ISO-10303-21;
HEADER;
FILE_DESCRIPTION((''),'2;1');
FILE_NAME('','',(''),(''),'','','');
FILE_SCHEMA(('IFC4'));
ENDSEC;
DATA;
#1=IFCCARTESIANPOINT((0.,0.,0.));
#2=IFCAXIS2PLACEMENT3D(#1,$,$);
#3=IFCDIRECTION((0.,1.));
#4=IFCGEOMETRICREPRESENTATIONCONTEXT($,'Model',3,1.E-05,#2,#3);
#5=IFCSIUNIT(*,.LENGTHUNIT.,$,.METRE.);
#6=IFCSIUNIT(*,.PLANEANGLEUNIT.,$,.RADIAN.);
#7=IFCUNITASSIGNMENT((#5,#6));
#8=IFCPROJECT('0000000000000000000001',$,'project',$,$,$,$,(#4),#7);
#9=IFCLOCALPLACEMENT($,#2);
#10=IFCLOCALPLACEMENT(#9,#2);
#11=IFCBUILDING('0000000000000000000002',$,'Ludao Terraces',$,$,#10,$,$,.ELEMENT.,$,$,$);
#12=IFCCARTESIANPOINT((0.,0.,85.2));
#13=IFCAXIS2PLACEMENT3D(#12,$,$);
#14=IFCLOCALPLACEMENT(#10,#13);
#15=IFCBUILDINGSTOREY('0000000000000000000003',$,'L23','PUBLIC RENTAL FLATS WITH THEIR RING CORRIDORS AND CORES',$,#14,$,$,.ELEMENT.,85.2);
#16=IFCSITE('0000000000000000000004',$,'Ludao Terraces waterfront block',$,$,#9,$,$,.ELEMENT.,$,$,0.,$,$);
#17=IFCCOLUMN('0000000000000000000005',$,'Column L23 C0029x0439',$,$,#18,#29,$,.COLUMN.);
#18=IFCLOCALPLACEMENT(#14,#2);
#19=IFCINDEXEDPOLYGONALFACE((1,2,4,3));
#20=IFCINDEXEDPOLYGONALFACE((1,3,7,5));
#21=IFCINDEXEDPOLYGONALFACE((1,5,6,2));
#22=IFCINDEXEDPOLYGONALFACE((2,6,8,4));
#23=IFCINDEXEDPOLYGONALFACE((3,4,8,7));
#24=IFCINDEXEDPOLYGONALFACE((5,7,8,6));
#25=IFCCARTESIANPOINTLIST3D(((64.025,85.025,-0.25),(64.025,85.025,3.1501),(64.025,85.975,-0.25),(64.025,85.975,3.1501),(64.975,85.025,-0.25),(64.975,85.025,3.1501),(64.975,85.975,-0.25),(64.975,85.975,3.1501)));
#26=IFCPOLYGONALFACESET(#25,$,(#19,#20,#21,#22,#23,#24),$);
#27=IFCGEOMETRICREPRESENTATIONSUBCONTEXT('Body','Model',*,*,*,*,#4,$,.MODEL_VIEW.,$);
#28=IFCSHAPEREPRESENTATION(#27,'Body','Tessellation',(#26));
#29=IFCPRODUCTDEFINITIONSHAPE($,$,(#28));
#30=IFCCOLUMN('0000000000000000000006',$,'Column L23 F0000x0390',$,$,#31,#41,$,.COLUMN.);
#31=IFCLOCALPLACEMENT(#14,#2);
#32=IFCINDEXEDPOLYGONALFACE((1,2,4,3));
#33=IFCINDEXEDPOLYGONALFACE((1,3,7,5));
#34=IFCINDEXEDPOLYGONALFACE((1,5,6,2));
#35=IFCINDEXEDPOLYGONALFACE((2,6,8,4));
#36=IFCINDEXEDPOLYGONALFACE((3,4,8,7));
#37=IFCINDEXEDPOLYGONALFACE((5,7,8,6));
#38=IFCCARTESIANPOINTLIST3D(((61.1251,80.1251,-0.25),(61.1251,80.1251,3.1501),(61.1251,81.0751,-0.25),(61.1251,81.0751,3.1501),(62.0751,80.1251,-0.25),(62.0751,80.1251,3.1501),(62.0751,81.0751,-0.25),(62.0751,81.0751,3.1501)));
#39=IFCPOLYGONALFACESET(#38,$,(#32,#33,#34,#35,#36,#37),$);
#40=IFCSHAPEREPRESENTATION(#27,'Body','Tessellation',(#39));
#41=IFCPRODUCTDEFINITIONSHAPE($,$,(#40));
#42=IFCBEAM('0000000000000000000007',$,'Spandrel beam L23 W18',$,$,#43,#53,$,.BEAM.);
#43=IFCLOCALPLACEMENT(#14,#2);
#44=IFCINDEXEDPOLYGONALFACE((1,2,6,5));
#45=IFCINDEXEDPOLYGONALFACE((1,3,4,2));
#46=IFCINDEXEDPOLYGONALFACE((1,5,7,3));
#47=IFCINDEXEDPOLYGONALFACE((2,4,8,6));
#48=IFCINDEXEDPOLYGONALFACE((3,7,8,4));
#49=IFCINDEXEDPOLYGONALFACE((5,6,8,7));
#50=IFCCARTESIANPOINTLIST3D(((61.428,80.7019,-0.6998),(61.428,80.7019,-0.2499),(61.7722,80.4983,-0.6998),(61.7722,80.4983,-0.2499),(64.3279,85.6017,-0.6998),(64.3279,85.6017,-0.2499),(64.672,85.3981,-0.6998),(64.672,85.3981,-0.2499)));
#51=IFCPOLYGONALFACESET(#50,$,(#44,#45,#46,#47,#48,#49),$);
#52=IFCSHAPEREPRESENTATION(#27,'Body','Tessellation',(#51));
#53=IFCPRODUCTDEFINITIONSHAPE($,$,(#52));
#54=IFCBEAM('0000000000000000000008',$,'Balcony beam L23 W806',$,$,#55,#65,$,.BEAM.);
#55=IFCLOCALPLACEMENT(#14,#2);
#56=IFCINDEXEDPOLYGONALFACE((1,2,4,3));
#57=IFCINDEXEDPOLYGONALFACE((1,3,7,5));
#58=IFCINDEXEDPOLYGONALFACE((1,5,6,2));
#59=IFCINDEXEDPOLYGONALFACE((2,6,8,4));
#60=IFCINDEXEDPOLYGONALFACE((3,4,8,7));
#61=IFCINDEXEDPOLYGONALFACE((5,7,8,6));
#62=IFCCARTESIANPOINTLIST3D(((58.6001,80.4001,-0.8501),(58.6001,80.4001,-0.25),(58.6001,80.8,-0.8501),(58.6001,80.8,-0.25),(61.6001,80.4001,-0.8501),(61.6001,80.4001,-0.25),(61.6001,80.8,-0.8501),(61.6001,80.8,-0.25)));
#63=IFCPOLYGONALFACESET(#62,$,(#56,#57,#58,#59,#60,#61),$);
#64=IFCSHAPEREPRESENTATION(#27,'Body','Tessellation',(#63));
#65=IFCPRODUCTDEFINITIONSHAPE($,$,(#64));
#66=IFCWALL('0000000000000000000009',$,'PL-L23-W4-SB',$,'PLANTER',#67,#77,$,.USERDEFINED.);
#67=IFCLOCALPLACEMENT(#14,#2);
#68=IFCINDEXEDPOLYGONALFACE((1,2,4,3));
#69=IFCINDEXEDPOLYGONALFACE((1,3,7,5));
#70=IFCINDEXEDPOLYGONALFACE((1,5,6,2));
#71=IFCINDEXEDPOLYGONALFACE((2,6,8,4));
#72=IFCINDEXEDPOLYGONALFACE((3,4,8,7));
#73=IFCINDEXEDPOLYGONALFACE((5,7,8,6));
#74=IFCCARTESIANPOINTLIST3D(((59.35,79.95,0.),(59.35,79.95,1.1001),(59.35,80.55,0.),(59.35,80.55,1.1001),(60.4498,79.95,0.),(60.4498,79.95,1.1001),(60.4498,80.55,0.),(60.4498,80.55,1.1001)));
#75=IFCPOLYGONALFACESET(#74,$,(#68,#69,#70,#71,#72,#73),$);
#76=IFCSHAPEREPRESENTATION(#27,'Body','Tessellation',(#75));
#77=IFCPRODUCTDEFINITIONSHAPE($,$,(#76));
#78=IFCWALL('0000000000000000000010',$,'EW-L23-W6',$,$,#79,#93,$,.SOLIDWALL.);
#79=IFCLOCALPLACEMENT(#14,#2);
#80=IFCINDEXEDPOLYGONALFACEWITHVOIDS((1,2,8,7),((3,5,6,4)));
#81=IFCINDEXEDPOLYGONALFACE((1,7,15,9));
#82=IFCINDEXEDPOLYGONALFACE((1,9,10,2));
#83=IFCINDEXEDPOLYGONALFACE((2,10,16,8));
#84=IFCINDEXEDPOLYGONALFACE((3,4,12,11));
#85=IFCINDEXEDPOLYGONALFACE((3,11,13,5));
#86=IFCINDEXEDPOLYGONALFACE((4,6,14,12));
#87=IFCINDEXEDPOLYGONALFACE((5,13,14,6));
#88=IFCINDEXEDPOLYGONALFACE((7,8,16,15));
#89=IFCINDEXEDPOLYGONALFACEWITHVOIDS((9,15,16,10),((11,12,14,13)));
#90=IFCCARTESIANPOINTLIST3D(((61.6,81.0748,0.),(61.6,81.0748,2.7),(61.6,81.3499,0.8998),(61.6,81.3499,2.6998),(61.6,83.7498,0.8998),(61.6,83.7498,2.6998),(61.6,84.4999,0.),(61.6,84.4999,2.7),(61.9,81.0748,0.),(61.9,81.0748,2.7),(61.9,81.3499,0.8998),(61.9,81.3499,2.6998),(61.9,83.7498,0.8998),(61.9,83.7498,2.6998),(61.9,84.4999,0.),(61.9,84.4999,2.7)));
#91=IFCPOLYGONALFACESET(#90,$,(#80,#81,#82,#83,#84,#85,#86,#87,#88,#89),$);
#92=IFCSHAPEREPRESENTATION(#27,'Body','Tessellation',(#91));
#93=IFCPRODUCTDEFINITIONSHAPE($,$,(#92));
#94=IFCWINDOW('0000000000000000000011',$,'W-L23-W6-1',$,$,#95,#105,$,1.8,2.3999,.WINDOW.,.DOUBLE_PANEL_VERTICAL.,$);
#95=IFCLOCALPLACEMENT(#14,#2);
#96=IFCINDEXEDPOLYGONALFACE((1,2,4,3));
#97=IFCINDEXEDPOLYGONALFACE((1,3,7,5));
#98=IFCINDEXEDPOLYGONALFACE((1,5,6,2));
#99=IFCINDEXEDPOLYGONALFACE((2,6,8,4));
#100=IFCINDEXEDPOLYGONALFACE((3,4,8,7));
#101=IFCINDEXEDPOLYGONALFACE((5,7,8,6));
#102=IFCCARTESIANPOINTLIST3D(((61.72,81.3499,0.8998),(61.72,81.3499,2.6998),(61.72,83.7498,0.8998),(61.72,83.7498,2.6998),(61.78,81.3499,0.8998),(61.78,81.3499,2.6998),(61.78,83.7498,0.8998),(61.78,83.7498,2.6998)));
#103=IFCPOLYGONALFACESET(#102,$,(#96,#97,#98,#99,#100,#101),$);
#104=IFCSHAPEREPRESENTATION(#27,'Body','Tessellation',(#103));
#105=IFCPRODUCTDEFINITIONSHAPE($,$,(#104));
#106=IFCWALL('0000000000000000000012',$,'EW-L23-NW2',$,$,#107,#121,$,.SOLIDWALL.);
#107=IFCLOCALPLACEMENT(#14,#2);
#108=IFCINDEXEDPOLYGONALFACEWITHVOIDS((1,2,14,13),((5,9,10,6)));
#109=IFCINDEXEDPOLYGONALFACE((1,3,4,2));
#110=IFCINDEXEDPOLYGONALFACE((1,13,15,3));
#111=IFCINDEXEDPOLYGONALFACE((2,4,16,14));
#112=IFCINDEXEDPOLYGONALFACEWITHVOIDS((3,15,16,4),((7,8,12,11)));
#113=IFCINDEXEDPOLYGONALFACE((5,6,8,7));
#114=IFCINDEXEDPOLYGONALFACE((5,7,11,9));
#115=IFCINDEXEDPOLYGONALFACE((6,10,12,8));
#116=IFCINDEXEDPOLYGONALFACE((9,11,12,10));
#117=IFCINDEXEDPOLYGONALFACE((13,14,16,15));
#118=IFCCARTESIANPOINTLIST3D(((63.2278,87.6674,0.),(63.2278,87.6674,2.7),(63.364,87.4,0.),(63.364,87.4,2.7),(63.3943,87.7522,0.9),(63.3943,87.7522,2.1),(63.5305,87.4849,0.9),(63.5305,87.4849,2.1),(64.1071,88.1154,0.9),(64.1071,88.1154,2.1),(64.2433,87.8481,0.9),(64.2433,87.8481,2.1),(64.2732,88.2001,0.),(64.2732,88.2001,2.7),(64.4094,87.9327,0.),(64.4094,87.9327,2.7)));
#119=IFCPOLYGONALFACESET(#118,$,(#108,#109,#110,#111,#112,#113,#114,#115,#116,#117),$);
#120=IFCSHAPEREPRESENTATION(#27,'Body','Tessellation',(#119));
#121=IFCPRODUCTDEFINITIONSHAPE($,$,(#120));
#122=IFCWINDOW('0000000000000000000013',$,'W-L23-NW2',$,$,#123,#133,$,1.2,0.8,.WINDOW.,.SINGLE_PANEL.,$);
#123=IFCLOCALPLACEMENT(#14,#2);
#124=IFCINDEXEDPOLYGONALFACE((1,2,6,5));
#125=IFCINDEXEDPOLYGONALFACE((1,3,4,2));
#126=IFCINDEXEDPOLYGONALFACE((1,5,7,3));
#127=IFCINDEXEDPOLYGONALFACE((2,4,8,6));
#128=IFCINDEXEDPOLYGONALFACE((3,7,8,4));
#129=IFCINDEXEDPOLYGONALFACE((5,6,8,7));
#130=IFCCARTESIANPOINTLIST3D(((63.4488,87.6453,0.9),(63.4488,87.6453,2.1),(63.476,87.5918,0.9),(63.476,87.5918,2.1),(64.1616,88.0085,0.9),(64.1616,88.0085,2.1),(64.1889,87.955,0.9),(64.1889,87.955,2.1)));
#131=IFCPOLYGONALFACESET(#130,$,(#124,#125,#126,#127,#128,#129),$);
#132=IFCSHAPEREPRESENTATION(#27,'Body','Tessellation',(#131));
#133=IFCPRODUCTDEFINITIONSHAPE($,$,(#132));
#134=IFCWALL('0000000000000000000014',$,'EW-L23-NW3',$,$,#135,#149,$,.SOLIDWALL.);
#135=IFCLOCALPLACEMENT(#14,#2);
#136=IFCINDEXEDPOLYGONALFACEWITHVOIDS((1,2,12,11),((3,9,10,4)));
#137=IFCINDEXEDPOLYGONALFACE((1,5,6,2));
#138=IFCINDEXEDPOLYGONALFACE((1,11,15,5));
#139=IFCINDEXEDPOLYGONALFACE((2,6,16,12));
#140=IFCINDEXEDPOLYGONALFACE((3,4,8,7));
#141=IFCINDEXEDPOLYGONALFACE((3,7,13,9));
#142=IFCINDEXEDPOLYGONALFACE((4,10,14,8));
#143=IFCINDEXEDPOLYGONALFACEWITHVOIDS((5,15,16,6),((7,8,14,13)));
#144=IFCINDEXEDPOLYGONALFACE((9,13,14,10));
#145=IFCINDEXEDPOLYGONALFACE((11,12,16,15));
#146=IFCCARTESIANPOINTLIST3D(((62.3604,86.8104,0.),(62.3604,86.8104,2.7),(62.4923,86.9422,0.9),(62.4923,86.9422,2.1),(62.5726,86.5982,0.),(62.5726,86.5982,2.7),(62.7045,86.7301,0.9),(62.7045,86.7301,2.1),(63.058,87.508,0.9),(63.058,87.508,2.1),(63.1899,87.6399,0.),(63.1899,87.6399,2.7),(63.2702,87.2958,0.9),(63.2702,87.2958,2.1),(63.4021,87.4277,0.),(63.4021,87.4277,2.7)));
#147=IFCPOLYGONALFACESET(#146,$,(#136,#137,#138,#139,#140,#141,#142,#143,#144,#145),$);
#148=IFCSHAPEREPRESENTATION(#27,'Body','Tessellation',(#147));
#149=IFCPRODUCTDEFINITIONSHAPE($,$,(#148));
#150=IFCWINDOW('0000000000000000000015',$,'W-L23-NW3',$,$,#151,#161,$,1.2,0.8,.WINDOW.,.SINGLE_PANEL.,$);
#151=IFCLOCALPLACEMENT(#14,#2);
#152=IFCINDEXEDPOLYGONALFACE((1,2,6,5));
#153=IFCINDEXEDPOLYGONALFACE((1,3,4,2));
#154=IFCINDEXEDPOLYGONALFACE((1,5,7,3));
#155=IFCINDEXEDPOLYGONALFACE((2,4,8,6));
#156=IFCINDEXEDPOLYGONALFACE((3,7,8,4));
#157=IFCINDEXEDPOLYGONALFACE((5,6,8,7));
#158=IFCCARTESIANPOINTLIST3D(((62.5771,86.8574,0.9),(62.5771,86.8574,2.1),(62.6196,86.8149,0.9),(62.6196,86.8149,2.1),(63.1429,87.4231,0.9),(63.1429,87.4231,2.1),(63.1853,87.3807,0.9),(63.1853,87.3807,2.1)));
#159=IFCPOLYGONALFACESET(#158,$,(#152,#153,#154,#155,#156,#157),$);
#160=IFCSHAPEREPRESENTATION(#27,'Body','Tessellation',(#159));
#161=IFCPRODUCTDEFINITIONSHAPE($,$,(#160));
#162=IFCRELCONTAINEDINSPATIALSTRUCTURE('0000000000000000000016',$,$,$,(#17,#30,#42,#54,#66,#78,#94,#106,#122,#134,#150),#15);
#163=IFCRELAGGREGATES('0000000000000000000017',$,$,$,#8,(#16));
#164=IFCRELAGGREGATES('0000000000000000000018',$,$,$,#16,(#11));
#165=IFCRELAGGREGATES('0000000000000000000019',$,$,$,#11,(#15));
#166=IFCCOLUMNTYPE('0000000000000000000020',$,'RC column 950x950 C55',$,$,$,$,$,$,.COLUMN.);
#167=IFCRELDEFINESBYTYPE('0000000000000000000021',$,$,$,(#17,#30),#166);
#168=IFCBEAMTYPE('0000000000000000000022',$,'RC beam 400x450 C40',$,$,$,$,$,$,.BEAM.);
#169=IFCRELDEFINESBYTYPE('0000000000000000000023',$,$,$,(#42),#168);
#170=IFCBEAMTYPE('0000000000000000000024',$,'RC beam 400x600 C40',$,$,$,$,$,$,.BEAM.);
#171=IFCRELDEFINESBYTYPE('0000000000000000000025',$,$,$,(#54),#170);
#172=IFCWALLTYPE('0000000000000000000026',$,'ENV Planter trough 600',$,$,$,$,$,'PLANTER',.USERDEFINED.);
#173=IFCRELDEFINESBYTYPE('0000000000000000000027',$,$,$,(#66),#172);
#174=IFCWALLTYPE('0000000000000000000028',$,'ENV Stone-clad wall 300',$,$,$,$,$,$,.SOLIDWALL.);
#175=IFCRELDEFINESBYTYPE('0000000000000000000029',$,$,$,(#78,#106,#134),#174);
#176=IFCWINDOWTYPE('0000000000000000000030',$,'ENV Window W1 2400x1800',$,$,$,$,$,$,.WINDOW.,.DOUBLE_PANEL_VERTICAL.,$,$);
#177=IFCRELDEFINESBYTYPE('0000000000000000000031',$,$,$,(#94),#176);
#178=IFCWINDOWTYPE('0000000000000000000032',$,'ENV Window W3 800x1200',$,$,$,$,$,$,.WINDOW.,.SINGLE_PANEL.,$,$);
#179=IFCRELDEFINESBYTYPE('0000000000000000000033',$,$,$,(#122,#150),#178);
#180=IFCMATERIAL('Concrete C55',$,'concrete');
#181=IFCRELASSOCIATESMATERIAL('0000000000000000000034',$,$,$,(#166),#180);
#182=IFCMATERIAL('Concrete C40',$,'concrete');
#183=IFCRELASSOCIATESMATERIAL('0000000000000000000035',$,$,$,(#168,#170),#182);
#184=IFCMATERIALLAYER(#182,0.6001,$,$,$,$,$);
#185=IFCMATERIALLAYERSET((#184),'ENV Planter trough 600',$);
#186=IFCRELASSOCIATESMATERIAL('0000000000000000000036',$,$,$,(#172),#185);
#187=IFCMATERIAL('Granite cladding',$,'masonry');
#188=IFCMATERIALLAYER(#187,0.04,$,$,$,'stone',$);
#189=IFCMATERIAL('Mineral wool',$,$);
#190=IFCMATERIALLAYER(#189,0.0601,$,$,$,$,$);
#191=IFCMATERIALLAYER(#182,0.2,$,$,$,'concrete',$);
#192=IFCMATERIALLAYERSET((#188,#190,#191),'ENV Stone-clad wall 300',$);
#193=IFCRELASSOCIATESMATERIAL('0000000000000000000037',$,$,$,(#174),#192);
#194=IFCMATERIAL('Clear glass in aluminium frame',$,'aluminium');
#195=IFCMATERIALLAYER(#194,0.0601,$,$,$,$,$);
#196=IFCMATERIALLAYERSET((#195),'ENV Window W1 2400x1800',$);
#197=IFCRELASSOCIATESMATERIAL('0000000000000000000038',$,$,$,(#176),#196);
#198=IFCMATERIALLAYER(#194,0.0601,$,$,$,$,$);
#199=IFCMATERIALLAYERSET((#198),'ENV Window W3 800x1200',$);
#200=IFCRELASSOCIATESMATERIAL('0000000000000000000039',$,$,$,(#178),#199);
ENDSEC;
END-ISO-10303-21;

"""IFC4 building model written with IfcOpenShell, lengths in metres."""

from ifc_helpers import new_model, si_unit, direction, frame, frame_2d, origin, origin_2d, place, context, subcontext, project, spatial, rectangle, extrude, material, layer, layer_set, material_profile, profile_set, type_object, element, fill, save


model = new_model("IFC4")

# Units and contexts
model_context = context("Model", 3, precision=1e-05, world=origin(), true_north=direction((0.0, 1.0)))
body_context = subcontext(model_context, "Body", "Model", "MODEL_VIEW")
ifc_project = project(units=[si_unit("LENGTHUNIT", "METRE"), si_unit("PLANEANGLEUNIT", "RADIAN")], contexts=[model_context])

# Site, building, storey
site_placement = place(None, origin())
site = spatial("IfcSite", under=ifc_project, at=site_placement, Name="Ludao Terraces waterfront block", CompositionType="ELEMENT", RefElevation=0.0)
building_placement = place(site_placement, origin())
building = spatial("IfcBuilding", under=site, at=building_placement, Name="Ludao Terraces", CompositionType="ELEMENT")
storey_placement = place(building_placement, frame((0.0, 0.0, 85.2)))
storey = spatial("IfcBuildingStorey", under=building, at=storey_placement, Name="L23", Description="PUBLIC RENTAL FLATS WITH THEIR RING CORRIDORS AND CORES", CompositionType="ELEMENT", Elevation=85.2)

# Columns
ifc_material_1 = material(Name="Concrete C55", Category="concrete")
ifc_material_profile_1 = material_profile(ifc_material_1, rectangle(XDim=0.95, YDim=0.95, at=origin_2d()), Name="950 X 950")
ifc_profile_set_1 = profile_set([ifc_material_profile_1], Name="Concrete C55")
column_type = type_object("IfcColumnType", Name="RC column 950x950 C55", PredefinedType="COLUMN", material=ifc_profile_set_1)
for number, where, z_axis, x_axis, name in (
    (1, (64.5, 85.5, -0.25), (0.0, 0.0, 1.0), (1.0, 0.0, 0.0), "Column L23 C0029x0439"),
    (2, (61.6001, 80.6001, -0.25), (0.0, 0.0, 1.0), (1.0, 0.0, 0.0), "Column L23 F0000x0390"),
):
    element("IfcColumn", number, at=place(storey_placement, frame(where, z_axis=z_axis, x_axis=x_axis)), inside=storey, type_object=column_type, Name=name, PredefinedType="COLUMN", context=body_context, shape_type="SweptSolid", body=[
        extrude(rectangle(XDim=0.95, YDim=0.95, at=origin_2d()), origin(), (0.0, 0.0, 1.0), 3.4001),
    ])

# Beams
ifc_material_2 = material(Name="Concrete C40", Category="concrete")
ifc_material_profile_2 = material_profile(ifc_material_2, rectangle(XDim=0.3999, YDim=0.45, at=origin_2d()), Name="400 X 450")
ifc_profile_set_2 = profile_set([ifc_material_profile_2], Name="Concrete C40")
beam_type_1 = type_object("IfcBeamType", Name="RC beam 400x450 C40", PredefinedType="BEAM", material=ifc_profile_set_2)
beam_1_placement = place(storey_placement, frame((61.6001, 80.6001, -0.4749), z_axis=(0.509316, 0.86058, 0.0), x_axis=(-0.86058, 0.509316, 0.0)))
element("IfcBeam", 3, at=beam_1_placement, inside=storey, type_object=beam_type_1, Name="Spandrel beam L23 W18", PredefinedType="BEAM", context=body_context, shape_type="SweptSolid", body=[
    extrude(rectangle(XDim=0.3999, YDim=0.45, at=origin_2d()), origin(), (0.0, 0.0, 1.0), 5.6936),
])
ifc_material_profile_3 = material_profile(ifc_material_2, rectangle(XDim=0.3999, YDim=0.6001, at=origin_2d()), Name="400 X 600")
ifc_profile_set_3 = profile_set([ifc_material_profile_3], Name="Concrete C40")
beam_type_2 = type_object("IfcBeamType", Name="RC beam 400x600 C40", PredefinedType="BEAM", material=ifc_profile_set_3)
beam_2_placement = place(storey_placement, frame((61.6001, 80.6001, -0.55), z_axis=(-1.0, 0.0, 0.0), x_axis=(0.0, -1.0, 0.0)))
element("IfcBeam", 4, at=beam_2_placement, inside=storey, type_object=beam_type_2, Name="Balcony beam L23 W806", PredefinedType="BEAM", context=body_context, shape_type="SweptSolid", body=[
    extrude(rectangle(XDim=0.3999, YDim=0.6001, at=origin_2d()), origin(), (0.0, 0.0, 1.0), 3.0),
])

# Wall
ifc_layer_1 = layer(ifc_material_2, 0.6001)
ifc_layer_set_1 = layer_set([ifc_layer_1], Name="ENV Planter trough 600")
wall_type_1 = type_object("IfcWallType", Name="ENV Planter trough 600", ElementType="PLANTER", PredefinedType="USERDEFINED", material=ifc_layer_set_1)
wall_1_placement = place(storey_placement, frame((59.3501, 80.25, 0.0), z_axis=(0.0, 0.0, 1.0), x_axis=(1.0, 0.0, 0.0)))
element("IfcWall", 5, at=wall_1_placement, inside=storey, type_object=wall_type_1, Name="PL-L23-W4-SB", ObjectType="PLANTER", PredefinedType="USERDEFINED", context=body_context, shape_type="SweptSolid", body=[
    extrude(rectangle(XDim=1.0999, YDim=0.6001, at=frame_2d((0.5498, 0.0))), origin(), (0.0, 0.0, 1.0), 1.1001),
])

# Walls, openings, windows
ifc_material_3 = material(Name="Granite cladding", Category="masonry")
ifc_layer_2 = layer(ifc_material_3, 0.04, Category="stone")
ifc_material_4 = material(Name="Mineral wool")
ifc_layer_3 = layer(ifc_material_4, 0.0601)
ifc_layer_4 = layer(ifc_material_2, 0.2, Category="concrete")
ifc_layer_set_2 = layer_set([ifc_layer_2, ifc_layer_3, ifc_layer_4], Name="ENV Stone-clad wall 300")
wall_type_2 = type_object("IfcWallType", Name="ENV Stone-clad wall 300", PredefinedType="SOLIDWALL", material=ifc_layer_set_2)
wall_2_placement = place(storey_placement, frame((61.75, 81.075, 0.0), z_axis=(0.0, 0.0, 1.0), x_axis=(0.0, 1.0, 0.0)))
wall_2 = element("IfcWall", 6, at=wall_2_placement, inside=storey, type_object=wall_type_2, Name="EW-L23-W6", PredefinedType="SOLIDWALL", context=body_context, shape_type="SweptSolid", body=[
    extrude(rectangle(XDim=3.425, YDim=0.3, at=frame_2d((1.7124, 0.0))), origin(), (0.0, 0.0, 1.0), 2.7),
])
opening_1_placement = place(wall_2_placement, frame((0.2749, 0.0, 0.8999)))
opening_1 = element("IfcOpeningElement", 7, at=opening_1_placement, cuts=wall_2, PredefinedType="OPENING", context=body_context, shape_type="SweptSolid", body=[
    extrude(rectangle(XDim=2.3999, YDim=1.8, at=frame_2d((1.2, 0.8999))), frame((0.0, 0.1602, 0.0), z_axis=(0.0, -1.0, 0.0), x_axis=(1.0, 0.0, 0.0)), (0.0, 0.0, 1.0), 0.3201),
])
ifc_material_5 = material(Name="Clear glass in aluminium frame", Category="aluminium")
ifc_layer_5 = layer(ifc_material_5, 0.0601)
ifc_layer_set_3 = layer_set([ifc_layer_5], Name="ENV Window W1 2400x1800")
window_type_1 = type_object("IfcWindowType", Name="ENV Window W1 2400x1800", PartitioningType="DOUBLE_PANEL_VERTICAL", PredefinedType="WINDOW", material=ifc_layer_set_3)
window_1_placement = place(opening_1_placement, origin())
window_1 = element("IfcWindow", 8, at=window_1_placement, inside=storey, type_object=window_type_1, Name="W-L23-W6-1", OverallHeight=1.8, OverallWidth=2.3999, PartitioningType="DOUBLE_PANEL_VERTICAL", PredefinedType="WINDOW", context=body_context, shape_type="SweptSolid", body=[
    extrude(rectangle(XDim=2.3999, YDim=1.8, at=frame_2d((1.2, 0.8999))), frame((0.0, 0.03, 0.0), z_axis=(0.0, -1.0, 0.0), x_axis=(1.0, 0.0, 0.0)), (0.0, 0.0, 1.0), 0.0601),
])
fill(opening_1, window_1)
wall_3_placement = place(storey_placement, frame((64.3413, 88.0664, 0.0), z_axis=(0.0, 0.0, 1.0), x_axis=(-0.890989, -0.454026, 0.0)))
wall_3 = element("IfcWall", 9, at=wall_3_placement, inside=storey, type_object=wall_type_2, Name="EW-L23-NW2", PredefinedType="SOLIDWALL", context=body_context, shape_type="SweptSolid", body=[
    extrude(rectangle(XDim=1.1733, YDim=0.3, at=frame_2d((0.5867, 0.0))), origin(), (0.0, 0.0, 1.0), 2.7),
])
opening_2_placement = place(wall_3_placement, frame((0.1865, 0.0, 0.8999)))
opening_2 = element("IfcOpeningElement", 10, at=opening_2_placement, cuts=wall_3, PredefinedType="OPENING", context=body_context, shape_type="SweptSolid", body=[
    extrude(rectangle(XDim=0.8, YDim=1.2, at=frame_2d((0.3999, 0.6001))), frame((0.0, 0.1602, 0.0), z_axis=(0.0, -1.0, 0.0), x_axis=(1.0, 0.0, 0.0)), (0.0, 0.0, 1.0), 0.3201),
])
ifc_layer_6 = layer(ifc_material_5, 0.0601)
ifc_layer_set_4 = layer_set([ifc_layer_6], Name="ENV Window W3 800x1200")
window_type_2 = type_object("IfcWindowType", Name="ENV Window W3 800x1200", PartitioningType="SINGLE_PANEL", PredefinedType="WINDOW", material=ifc_layer_set_4)
window_2_placement = place(opening_2_placement, origin())
window_2 = element("IfcWindow", 11, at=window_2_placement, inside=storey, type_object=window_type_2, Name="W-L23-NW2", OverallHeight=1.2, OverallWidth=0.8, PartitioningType="SINGLE_PANEL", PredefinedType="WINDOW", context=body_context, shape_type="SweptSolid", body=[
    extrude(rectangle(XDim=0.8, YDim=1.2, at=frame_2d((0.3999, 0.6001))), frame((0.0, 0.03, 0.0), z_axis=(0.0, -1.0, 0.0), x_axis=(1.0, 0.0, 0.0)), (0.0, 0.0, 1.0), 0.0601),
])
fill(opening_2, window_2)
wall_4_placement = place(storey_placement, frame((63.2959, 87.5337, 0.0), z_axis=(0.0, 0.0, 1.0), x_axis=(-0.707107, -0.707107, 0.0)))
wall_4 = element("IfcWall", 12, at=wall_4_placement, inside=storey, type_object=wall_type_2, Name="EW-L23-NW3", PredefinedType="SOLIDWALL", context=body_context, shape_type="SweptSolid", body=[
    extrude(rectangle(XDim=1.1731, YDim=0.3, at=frame_2d((0.5864, 0.0))), origin(), (0.0, 0.0, 1.0), 2.7),
])
opening_3_placement = place(wall_4_placement, frame((0.1865, 0.0, 0.8999)))
opening_3 = element("IfcOpeningElement", 13, at=opening_3_placement, cuts=wall_4, PredefinedType="OPENING", context=body_context, shape_type="SweptSolid", body=[
    extrude(rectangle(XDim=0.8, YDim=1.2, at=frame_2d((0.3999, 0.6001))), frame((0.0, 0.1602, 0.0), z_axis=(0.0, -1.0, 0.0), x_axis=(1.0, 0.0, 0.0)), (0.0, 0.0, 1.0), 0.3201),
])
window_3_placement = place(opening_3_placement, origin())
window_3 = element("IfcWindow", 14, at=window_3_placement, inside=storey, type_object=window_type_2, Name="W-L23-NW3", OverallHeight=1.2, OverallWidth=0.8, PartitioningType="SINGLE_PANEL", PredefinedType="WINDOW", context=body_context, shape_type="SweptSolid", body=[
    extrude(rectangle(XDim=0.8, YDim=1.2, at=frame_2d((0.3999, 0.6001))), frame((0.0, 0.03, 0.0), z_axis=(0.0, -1.0, 0.0), x_axis=(1.0, 0.0, 0.0)), (0.0, 0.0, 1.0), 0.0601),
])
fill(opening_3, window_3)

save(model, "model.ifc")
